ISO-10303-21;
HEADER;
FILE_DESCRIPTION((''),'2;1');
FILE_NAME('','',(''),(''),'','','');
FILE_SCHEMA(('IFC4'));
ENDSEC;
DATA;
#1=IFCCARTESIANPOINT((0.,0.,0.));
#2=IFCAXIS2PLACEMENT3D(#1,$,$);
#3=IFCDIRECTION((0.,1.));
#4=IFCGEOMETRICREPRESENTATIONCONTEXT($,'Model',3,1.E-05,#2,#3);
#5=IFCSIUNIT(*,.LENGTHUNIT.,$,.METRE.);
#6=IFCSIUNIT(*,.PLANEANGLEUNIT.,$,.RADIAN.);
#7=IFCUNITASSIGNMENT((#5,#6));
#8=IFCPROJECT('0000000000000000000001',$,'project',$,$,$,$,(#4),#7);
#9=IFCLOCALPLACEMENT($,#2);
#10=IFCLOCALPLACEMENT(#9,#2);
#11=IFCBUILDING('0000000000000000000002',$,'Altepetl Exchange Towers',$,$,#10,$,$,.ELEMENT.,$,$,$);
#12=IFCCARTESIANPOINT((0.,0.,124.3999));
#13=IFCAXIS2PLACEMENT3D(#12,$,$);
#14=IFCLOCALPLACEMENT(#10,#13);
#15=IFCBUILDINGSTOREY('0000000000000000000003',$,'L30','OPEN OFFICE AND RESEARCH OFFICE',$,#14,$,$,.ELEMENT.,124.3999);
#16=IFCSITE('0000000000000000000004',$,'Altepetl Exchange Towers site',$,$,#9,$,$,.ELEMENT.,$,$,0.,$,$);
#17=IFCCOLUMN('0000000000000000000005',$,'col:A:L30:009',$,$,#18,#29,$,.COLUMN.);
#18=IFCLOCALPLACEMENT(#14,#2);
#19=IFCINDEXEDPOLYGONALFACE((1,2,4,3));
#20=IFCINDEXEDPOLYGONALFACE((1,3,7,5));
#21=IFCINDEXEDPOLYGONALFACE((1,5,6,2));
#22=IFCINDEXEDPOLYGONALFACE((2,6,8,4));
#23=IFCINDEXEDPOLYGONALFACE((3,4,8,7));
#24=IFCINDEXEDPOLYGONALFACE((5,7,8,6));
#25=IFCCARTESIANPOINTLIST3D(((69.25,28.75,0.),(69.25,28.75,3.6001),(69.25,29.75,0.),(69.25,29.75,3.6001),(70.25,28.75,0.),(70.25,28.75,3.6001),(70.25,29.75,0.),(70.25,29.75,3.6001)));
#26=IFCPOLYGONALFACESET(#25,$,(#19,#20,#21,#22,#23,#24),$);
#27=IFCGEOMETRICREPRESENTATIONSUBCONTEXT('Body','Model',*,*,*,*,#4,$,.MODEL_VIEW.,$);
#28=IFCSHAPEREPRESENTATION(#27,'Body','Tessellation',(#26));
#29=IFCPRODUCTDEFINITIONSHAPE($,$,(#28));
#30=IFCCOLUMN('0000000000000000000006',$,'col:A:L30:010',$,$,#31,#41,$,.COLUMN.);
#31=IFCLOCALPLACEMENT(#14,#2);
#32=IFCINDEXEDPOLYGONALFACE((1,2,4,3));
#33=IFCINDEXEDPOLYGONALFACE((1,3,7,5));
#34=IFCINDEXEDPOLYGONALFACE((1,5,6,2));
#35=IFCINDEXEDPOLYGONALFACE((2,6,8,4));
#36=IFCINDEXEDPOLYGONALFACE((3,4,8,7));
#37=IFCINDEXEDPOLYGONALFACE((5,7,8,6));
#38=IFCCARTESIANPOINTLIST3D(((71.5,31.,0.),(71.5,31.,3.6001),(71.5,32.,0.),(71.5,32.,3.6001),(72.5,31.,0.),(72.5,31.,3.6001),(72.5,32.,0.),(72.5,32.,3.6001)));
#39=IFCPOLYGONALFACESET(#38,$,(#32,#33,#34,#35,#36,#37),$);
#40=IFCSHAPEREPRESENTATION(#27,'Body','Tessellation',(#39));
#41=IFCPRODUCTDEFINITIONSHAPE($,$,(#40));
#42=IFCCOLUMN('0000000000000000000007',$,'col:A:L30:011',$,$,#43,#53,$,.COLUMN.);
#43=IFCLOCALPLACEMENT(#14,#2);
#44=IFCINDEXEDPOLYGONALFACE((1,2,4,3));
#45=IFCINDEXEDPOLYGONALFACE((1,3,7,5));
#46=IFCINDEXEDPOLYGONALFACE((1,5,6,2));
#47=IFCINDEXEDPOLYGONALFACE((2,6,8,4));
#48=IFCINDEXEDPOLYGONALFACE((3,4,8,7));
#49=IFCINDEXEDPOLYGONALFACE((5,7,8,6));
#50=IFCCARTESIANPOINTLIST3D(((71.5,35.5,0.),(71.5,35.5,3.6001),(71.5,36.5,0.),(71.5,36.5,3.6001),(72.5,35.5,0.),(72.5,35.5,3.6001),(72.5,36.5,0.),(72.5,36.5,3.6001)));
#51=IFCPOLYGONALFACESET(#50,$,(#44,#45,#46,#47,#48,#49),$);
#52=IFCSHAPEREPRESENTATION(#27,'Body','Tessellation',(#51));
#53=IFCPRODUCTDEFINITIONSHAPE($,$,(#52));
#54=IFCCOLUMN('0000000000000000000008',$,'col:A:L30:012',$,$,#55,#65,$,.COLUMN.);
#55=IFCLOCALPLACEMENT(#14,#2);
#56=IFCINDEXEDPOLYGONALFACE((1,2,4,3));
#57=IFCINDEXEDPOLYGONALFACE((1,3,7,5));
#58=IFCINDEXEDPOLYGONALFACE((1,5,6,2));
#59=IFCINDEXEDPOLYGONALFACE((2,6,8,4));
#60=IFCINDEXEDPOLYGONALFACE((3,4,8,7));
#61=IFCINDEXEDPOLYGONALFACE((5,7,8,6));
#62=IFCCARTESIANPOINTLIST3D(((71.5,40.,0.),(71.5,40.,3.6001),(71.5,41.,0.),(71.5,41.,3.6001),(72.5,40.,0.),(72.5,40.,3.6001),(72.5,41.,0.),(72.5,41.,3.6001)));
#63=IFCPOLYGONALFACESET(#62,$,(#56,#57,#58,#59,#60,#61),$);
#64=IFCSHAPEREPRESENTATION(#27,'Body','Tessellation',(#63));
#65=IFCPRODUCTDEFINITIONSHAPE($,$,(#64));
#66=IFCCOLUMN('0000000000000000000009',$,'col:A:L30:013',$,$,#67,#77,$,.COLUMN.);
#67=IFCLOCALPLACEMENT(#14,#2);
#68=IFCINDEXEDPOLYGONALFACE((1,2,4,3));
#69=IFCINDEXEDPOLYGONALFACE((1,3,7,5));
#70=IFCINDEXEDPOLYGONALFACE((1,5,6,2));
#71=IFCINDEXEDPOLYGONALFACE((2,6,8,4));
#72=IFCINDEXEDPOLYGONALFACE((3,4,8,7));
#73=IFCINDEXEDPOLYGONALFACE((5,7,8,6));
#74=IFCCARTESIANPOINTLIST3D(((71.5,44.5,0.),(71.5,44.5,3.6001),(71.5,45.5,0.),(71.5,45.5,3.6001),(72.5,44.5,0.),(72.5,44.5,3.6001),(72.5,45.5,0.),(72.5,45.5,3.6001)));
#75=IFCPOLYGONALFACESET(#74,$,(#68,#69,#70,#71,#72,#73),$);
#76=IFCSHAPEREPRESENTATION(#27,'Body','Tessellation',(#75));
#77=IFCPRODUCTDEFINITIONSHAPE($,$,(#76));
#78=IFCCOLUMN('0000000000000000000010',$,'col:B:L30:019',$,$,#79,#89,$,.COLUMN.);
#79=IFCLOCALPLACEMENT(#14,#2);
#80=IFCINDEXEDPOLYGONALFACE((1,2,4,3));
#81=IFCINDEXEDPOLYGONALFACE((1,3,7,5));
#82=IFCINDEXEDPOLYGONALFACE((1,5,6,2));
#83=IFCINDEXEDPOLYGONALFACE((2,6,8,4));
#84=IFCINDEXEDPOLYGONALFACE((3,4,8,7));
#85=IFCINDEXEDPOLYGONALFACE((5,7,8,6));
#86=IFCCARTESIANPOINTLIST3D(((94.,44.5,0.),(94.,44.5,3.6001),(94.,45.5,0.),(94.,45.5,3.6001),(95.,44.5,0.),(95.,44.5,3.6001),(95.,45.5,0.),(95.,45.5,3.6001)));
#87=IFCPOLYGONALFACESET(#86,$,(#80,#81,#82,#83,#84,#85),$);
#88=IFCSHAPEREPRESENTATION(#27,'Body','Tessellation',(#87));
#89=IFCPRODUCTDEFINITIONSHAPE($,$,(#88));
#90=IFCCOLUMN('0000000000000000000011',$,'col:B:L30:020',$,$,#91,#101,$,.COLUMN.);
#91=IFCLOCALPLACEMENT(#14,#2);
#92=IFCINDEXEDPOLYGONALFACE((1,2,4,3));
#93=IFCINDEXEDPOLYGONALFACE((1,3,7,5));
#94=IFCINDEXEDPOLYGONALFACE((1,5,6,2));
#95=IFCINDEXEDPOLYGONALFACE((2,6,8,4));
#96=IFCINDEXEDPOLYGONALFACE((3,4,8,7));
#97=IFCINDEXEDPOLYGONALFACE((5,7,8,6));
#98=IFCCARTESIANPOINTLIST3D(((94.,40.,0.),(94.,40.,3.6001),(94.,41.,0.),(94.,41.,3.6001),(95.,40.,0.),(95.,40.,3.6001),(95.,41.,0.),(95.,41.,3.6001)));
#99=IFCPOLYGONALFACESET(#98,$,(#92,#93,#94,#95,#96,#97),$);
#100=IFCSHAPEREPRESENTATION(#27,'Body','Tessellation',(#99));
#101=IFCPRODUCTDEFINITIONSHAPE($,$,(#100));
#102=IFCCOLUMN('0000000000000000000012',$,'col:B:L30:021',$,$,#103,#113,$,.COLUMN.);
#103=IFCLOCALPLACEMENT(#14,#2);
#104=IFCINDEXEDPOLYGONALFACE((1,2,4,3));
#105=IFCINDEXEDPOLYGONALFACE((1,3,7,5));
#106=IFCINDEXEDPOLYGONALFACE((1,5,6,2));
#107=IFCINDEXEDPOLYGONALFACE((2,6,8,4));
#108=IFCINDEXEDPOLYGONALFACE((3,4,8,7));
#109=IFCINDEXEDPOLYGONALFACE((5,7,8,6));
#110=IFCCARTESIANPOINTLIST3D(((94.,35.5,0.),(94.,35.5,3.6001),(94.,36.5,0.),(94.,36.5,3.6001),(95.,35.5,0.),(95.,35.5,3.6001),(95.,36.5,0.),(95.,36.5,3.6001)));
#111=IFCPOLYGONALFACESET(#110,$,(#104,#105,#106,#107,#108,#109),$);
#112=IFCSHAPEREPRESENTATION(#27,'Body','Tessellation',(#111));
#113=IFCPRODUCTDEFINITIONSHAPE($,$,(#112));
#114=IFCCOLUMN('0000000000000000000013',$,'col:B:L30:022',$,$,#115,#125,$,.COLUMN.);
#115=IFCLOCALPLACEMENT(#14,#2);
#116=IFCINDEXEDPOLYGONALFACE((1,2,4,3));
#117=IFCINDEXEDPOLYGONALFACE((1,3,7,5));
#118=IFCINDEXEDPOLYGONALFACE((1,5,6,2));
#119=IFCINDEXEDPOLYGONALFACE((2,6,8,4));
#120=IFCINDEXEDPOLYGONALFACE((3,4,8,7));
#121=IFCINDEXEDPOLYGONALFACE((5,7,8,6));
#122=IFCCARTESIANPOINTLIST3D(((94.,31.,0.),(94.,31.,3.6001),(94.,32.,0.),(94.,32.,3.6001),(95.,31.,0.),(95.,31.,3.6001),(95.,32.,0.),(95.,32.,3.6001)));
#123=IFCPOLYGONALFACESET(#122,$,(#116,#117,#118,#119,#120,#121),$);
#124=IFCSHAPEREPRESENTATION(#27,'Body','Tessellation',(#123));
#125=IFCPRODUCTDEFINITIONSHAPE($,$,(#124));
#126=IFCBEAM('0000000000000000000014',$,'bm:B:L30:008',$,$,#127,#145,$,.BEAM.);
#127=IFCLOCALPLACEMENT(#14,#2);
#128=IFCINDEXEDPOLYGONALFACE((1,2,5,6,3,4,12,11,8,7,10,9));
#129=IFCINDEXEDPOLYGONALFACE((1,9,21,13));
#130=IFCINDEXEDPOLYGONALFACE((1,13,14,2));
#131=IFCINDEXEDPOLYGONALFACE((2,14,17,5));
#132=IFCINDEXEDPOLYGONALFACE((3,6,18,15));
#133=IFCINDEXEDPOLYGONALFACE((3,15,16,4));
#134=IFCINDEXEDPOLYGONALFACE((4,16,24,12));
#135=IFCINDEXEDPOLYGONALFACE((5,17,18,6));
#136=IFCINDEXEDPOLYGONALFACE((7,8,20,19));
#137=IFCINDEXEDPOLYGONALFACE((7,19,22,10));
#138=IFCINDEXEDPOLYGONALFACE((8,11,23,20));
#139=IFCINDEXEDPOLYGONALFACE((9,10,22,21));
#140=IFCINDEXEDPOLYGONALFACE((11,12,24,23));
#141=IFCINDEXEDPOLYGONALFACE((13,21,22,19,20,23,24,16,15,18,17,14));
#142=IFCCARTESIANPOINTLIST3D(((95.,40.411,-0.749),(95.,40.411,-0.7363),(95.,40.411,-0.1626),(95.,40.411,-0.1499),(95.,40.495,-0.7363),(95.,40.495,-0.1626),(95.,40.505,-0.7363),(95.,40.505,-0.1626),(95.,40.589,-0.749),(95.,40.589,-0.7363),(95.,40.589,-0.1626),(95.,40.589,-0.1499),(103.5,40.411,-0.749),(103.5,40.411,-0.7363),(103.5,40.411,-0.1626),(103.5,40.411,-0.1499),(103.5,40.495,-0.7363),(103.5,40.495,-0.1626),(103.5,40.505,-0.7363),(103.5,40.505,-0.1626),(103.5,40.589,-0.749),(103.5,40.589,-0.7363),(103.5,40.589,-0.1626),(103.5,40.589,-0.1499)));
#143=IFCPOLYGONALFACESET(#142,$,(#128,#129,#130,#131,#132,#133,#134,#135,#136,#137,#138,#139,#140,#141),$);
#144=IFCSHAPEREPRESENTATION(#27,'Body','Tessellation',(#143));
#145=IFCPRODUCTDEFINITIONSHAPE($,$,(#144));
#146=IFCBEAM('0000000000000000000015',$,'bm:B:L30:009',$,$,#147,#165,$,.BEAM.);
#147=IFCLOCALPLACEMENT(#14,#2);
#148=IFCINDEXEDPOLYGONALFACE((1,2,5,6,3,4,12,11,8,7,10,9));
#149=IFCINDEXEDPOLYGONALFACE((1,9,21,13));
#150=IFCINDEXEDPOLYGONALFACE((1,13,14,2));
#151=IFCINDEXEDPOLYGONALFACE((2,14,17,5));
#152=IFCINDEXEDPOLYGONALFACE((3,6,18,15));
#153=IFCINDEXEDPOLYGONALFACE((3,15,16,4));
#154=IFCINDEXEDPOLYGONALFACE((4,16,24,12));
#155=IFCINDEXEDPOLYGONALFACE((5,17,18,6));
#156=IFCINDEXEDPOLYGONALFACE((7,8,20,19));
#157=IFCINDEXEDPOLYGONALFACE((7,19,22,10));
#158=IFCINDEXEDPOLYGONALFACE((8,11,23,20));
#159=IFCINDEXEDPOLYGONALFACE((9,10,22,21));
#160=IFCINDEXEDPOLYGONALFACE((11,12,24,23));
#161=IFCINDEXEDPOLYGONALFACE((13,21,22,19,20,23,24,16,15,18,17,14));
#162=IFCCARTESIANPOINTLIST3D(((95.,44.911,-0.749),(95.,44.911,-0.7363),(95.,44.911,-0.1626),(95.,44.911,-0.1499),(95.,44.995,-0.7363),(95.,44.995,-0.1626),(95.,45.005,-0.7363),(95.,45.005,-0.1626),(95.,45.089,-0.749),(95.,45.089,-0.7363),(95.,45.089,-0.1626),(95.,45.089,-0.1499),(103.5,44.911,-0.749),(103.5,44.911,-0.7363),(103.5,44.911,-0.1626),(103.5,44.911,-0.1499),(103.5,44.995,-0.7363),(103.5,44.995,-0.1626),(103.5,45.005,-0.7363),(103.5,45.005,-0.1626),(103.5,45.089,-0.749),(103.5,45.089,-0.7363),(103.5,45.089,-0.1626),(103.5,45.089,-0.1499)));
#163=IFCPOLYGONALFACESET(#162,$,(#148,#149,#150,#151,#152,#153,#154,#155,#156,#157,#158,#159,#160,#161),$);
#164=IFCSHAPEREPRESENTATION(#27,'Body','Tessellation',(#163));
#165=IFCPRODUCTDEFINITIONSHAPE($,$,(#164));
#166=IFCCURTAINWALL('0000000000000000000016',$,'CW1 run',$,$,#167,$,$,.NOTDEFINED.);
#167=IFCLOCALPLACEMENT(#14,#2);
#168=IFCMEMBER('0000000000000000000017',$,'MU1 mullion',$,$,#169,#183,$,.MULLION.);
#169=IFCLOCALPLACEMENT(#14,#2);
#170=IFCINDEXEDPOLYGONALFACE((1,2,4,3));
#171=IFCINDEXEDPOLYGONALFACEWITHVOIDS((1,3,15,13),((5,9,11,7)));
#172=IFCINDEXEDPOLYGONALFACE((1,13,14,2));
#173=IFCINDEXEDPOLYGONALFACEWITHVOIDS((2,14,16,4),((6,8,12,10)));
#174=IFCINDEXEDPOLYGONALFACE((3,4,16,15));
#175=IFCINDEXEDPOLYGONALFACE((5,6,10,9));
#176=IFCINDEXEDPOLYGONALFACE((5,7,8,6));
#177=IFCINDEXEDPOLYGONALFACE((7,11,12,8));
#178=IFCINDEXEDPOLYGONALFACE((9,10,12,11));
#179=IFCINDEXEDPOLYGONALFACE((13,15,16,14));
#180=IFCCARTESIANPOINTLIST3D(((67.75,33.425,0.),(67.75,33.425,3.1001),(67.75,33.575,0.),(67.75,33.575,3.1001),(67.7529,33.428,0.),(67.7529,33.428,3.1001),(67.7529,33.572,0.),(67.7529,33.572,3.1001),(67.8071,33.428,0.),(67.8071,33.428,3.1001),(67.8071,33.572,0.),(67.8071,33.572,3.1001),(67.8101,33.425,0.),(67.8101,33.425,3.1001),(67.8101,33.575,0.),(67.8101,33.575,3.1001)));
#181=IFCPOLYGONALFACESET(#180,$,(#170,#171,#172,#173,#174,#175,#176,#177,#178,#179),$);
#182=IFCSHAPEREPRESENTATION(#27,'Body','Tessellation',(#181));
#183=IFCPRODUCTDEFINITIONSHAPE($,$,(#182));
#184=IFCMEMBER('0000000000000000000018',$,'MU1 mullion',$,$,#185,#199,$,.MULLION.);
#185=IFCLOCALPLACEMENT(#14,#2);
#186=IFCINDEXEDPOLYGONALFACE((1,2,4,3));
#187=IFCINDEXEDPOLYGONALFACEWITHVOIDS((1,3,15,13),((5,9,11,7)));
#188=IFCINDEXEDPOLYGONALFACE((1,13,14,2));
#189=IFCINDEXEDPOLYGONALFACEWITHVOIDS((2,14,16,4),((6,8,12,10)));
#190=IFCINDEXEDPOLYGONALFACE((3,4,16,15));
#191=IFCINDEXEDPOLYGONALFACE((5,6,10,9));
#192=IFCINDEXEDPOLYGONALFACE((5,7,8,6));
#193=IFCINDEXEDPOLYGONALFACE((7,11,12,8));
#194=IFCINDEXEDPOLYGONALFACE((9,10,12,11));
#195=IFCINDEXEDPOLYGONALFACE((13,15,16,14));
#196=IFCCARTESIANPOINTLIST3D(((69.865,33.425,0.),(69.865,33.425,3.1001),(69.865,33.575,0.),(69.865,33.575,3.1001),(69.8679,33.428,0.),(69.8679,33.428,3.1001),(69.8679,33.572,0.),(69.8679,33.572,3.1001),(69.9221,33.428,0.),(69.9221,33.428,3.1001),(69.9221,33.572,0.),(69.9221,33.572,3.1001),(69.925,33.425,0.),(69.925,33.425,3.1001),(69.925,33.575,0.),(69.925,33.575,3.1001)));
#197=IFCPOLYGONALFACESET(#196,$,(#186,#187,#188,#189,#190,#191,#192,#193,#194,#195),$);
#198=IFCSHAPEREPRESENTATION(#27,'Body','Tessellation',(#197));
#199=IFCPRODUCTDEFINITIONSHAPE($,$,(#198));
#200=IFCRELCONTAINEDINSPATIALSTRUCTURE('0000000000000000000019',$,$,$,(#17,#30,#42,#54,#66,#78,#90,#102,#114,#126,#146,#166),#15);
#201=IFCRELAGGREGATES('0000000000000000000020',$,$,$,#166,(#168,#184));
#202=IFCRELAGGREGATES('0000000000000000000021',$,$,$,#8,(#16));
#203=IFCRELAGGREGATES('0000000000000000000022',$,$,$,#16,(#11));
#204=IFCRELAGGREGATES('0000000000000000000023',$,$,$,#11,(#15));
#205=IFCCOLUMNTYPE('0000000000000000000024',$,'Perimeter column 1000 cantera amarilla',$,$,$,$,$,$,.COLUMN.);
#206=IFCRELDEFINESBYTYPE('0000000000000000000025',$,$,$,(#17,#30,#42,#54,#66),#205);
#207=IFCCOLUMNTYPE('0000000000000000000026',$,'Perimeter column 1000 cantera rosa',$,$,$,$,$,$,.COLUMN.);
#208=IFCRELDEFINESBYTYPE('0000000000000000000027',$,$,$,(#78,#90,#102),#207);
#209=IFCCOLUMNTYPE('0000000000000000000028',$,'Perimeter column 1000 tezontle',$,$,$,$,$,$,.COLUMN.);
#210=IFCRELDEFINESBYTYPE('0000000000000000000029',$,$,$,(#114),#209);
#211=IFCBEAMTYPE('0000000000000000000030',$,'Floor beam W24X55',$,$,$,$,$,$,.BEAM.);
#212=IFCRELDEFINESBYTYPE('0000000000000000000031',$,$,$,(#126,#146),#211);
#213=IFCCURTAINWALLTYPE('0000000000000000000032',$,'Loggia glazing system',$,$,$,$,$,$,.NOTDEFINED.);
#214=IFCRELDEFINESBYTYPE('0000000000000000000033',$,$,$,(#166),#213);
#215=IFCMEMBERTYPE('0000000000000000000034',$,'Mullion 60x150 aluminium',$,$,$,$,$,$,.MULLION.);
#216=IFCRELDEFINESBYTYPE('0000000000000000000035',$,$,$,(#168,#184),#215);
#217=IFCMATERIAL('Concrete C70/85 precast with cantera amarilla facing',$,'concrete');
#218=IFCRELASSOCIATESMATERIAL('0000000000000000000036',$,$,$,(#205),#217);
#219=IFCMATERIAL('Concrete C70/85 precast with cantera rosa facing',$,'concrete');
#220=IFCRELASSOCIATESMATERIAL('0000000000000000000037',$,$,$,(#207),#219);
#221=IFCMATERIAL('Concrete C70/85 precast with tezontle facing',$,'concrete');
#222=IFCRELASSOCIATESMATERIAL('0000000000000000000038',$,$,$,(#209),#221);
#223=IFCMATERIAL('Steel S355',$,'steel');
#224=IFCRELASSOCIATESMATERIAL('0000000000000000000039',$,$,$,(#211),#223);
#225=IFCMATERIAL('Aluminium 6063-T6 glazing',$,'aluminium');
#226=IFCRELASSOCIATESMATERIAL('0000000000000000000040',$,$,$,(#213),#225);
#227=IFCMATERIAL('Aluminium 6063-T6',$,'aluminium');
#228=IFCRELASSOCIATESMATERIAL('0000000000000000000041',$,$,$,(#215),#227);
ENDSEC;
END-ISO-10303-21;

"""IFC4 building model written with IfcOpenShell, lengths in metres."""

from ifc_helpers import new_model, si_unit, direction, frame, origin, origin_2d, place, context, subcontext, project, spatial, rectangle, hollow_rectangle, i_section, extrude, material, material_profile, profile_set, type_object, element, aggregate, save


model = new_model("IFC4")

# Units and contexts
model_context = context("Model", 3, precision=1e-05, world=origin(), true_north=direction((0.0, 1.0)))
body_context = subcontext(model_context, "Body", "Model", "MODEL_VIEW")
ifc_project = project(units=[si_unit("LENGTHUNIT", "METRE"), si_unit("PLANEANGLEUNIT", "RADIAN")], contexts=[model_context])

# Site, building, storey
site_placement = place(None, origin())
site = spatial("IfcSite", under=ifc_project, at=site_placement, Name="Altepetl Exchange Towers site", CompositionType="ELEMENT", RefElevation=0.0)
building_placement = place(site_placement, origin())
building = spatial("IfcBuilding", under=site, at=building_placement, Name="Altepetl Exchange Towers", CompositionType="ELEMENT")
storey_placement = place(building_placement, frame((0.0, 0.0, 124.3999)))
storey = spatial("IfcBuildingStorey", under=building, at=storey_placement, Name="L30", Description="OPEN OFFICE AND RESEARCH OFFICE", CompositionType="ELEMENT", Elevation=124.3999)

# Columns
ifc_material_1 = material(Name="Concrete C70/85 precast with cantera amarilla facing", Category="concrete")
ifc_material_profile_1 = material_profile(ifc_material_1, rectangle(XDim=1.0, YDim=1.0, at=origin_2d()), Name="1000 x 1000")
ifc_profile_set_1 = profile_set([ifc_material_profile_1], Name="Concrete C70/85 precast with cantera amarilla facing")
column_type_1 = type_object("IfcColumnType", Name="Perimeter column 1000 cantera amarilla", PredefinedType="COLUMN", material=ifc_profile_set_1)
for number, where, name in (
    (1, (69.75, 29.25, 0.0), "col:A:L30:009"),
    (2, (72.0, 31.5, 0.0), "col:A:L30:010"),
    (3, (72.0, 36.0, 0.0), "col:A:L30:011"),
    (4, (72.0, 40.5, 0.0), "col:A:L30:012"),
    (5, (72.0, 45.0, 0.0), "col:A:L30:013"),
):
    element("IfcColumn", number, at=place(storey_placement, frame(where)), inside=storey, type_object=column_type_1, Name=name, PredefinedType="COLUMN", context=body_context, shape_type="SweptSolid", body=[
        extrude(rectangle(XDim=1.0, YDim=1.0, at=origin_2d()), origin(), (0.0, 0.0, 1.0), 3.6001),
    ])
ifc_material_2 = material(Name="Concrete C70/85 precast with cantera rosa facing", Category="concrete")
ifc_material_profile_2 = material_profile(ifc_material_2, rectangle(XDim=1.0, YDim=1.0, at=origin_2d()), Name="1000 x 1000")
ifc_profile_set_2 = profile_set([ifc_material_profile_2], Name="Concrete C70/85 precast with cantera rosa facing")
column_type_2 = type_object("IfcColumnType", Name="Perimeter column 1000 cantera rosa", PredefinedType="COLUMN", material=ifc_profile_set_2)
for number, where, name in (
    (6, (94.5, 45.0, 0.0), "col:B:L30:019"),
    (7, (94.5, 40.5, 0.0), "col:B:L30:020"),
    (8, (94.5, 36.0, 0.0), "col:B:L30:021"),
):
    element("IfcColumn", number, at=place(storey_placement, frame(where)), inside=storey, type_object=column_type_2, Name=name, PredefinedType="COLUMN", context=body_context, shape_type="SweptSolid", body=[
        extrude(rectangle(XDim=1.0, YDim=1.0, at=origin_2d()), origin(), (0.0, 0.0, 1.0), 3.6001),
    ])
ifc_material_3 = material(Name="Concrete C70/85 precast with tezontle facing", Category="concrete")
ifc_material_profile_3 = material_profile(ifc_material_3, rectangle(XDim=1.0, YDim=1.0, at=origin_2d()), Name="1000 x 1000")
ifc_profile_set_3 = profile_set([ifc_material_profile_3], Name="Concrete C70/85 precast with tezontle facing")
column_type_3 = type_object("IfcColumnType", Name="Perimeter column 1000 tezontle", PredefinedType="COLUMN", material=ifc_profile_set_3)
column_placement = place(storey_placement, frame((94.5, 31.5, 0.0)))
element("IfcColumn", 9, at=column_placement, inside=storey, type_object=column_type_3, Name="col:B:L30:022", PredefinedType="COLUMN", context=body_context, shape_type="SweptSolid", body=[
    extrude(rectangle(XDim=1.0, YDim=1.0, at=origin_2d()), origin(), (0.0, 0.0, 1.0), 3.6001),
])

# Beams
ifc_material_4 = material(Name="Steel S355", Category="steel")
ifc_material_profile_4 = material_profile(ifc_material_4, i_section(OverallWidth=0.178, OverallDepth=0.5991, WebThickness=0.01, FlangeThickness=0.0127, at=origin_2d()), Name="W24X55")
ifc_profile_set_4 = profile_set([ifc_material_profile_4], Name="Steel S355")
beam_type_1 = type_object("IfcBeamType", Name="Floor beam W24X55", PredefinedType="BEAM", material=ifc_profile_set_4)
for number, where, z_axis, x_axis, name in (
    (10, (95.0, 40.5, -0.4495), (1.0, 0.0, 0.0), (0.0, 1.0, 0.0), "bm:B:L30:008"),
    (11, (95.0, 45.0, -0.4495), (1.0, 0.0, 0.0), (0.0, 1.0, 0.0), "bm:B:L30:009"),
):
    element("IfcBeam", number, at=place(storey_placement, frame(where, z_axis=z_axis, x_axis=x_axis)), inside=storey, type_object=beam_type_1, Name=name, PredefinedType="BEAM", context=body_context, shape_type="SweptSolid", body=[
        extrude(i_section(OverallWidth=0.178, OverallDepth=0.5991, WebThickness=0.01, FlangeThickness=0.0127, at=origin_2d()), origin(), (0.0, 0.0, 1.0), 8.5),
    ])

# Curtain wall, members
ifc_material_5 = material(Name="Aluminium 6063-T6 glazing", Category="aluminium")
curtain_wall_type = type_object("IfcCurtainWallType", Name="Loggia glazing system", PredefinedType="NOTDEFINED", material=ifc_material_5)
curtain_wall_1_placement = place(storey_placement, origin())
curtain_wall_1 = element("IfcCurtainWall", 12, at=curtain_wall_1_placement, inside=storey, type_object=curtain_wall_type, Name="CW1 run", PredefinedType="NOTDEFINED")
ifc_material_6 = material(Name="Aluminium 6063-T6", Category="aluminium")
ifc_material_profile_5 = material_profile(ifc_material_6, hollow_rectangle(XDim=0.0601, YDim=0.1499, WallThickness=0.0029, at=origin_2d()), Name="Mullion 60x150 aluminium")
ifc_profile_set_5 = profile_set([ifc_material_profile_5], Name="Aluminium 6063-T6")
member_type = type_object("IfcMemberType", Name="Mullion 60x150 aluminium", PredefinedType="MULLION", material=ifc_profile_set_5)
member_1_placement = place(storey_placement, frame((67.78, 33.5, 0.0)))
member_1 = element("IfcMember", 13, at=member_1_placement, type_object=member_type, Name="MU1 mullion", PredefinedType="MULLION", context=body_context, shape_type="SweptSolid", body=[
    extrude(hollow_rectangle(XDim=0.0601, YDim=0.1499, WallThickness=0.0029, at=origin_2d()), origin(), (0.0, 0.0, 1.0), 3.1001),
])
member_2_placement = place(storey_placement, frame((69.895, 33.5, 0.0)))
member_2 = element("IfcMember", 14, at=member_2_placement, type_object=member_type, Name="MU1 mullion", PredefinedType="MULLION", context=body_context, shape_type="SweptSolid", body=[
    extrude(hollow_rectangle(XDim=0.0601, YDim=0.1499, WallThickness=0.0029, at=origin_2d()), origin(), (0.0, 0.0, 1.0), 3.1001),
])

aggregate(curtain_wall_1, [member_1, member_2])

save(model, "model.ifc")
